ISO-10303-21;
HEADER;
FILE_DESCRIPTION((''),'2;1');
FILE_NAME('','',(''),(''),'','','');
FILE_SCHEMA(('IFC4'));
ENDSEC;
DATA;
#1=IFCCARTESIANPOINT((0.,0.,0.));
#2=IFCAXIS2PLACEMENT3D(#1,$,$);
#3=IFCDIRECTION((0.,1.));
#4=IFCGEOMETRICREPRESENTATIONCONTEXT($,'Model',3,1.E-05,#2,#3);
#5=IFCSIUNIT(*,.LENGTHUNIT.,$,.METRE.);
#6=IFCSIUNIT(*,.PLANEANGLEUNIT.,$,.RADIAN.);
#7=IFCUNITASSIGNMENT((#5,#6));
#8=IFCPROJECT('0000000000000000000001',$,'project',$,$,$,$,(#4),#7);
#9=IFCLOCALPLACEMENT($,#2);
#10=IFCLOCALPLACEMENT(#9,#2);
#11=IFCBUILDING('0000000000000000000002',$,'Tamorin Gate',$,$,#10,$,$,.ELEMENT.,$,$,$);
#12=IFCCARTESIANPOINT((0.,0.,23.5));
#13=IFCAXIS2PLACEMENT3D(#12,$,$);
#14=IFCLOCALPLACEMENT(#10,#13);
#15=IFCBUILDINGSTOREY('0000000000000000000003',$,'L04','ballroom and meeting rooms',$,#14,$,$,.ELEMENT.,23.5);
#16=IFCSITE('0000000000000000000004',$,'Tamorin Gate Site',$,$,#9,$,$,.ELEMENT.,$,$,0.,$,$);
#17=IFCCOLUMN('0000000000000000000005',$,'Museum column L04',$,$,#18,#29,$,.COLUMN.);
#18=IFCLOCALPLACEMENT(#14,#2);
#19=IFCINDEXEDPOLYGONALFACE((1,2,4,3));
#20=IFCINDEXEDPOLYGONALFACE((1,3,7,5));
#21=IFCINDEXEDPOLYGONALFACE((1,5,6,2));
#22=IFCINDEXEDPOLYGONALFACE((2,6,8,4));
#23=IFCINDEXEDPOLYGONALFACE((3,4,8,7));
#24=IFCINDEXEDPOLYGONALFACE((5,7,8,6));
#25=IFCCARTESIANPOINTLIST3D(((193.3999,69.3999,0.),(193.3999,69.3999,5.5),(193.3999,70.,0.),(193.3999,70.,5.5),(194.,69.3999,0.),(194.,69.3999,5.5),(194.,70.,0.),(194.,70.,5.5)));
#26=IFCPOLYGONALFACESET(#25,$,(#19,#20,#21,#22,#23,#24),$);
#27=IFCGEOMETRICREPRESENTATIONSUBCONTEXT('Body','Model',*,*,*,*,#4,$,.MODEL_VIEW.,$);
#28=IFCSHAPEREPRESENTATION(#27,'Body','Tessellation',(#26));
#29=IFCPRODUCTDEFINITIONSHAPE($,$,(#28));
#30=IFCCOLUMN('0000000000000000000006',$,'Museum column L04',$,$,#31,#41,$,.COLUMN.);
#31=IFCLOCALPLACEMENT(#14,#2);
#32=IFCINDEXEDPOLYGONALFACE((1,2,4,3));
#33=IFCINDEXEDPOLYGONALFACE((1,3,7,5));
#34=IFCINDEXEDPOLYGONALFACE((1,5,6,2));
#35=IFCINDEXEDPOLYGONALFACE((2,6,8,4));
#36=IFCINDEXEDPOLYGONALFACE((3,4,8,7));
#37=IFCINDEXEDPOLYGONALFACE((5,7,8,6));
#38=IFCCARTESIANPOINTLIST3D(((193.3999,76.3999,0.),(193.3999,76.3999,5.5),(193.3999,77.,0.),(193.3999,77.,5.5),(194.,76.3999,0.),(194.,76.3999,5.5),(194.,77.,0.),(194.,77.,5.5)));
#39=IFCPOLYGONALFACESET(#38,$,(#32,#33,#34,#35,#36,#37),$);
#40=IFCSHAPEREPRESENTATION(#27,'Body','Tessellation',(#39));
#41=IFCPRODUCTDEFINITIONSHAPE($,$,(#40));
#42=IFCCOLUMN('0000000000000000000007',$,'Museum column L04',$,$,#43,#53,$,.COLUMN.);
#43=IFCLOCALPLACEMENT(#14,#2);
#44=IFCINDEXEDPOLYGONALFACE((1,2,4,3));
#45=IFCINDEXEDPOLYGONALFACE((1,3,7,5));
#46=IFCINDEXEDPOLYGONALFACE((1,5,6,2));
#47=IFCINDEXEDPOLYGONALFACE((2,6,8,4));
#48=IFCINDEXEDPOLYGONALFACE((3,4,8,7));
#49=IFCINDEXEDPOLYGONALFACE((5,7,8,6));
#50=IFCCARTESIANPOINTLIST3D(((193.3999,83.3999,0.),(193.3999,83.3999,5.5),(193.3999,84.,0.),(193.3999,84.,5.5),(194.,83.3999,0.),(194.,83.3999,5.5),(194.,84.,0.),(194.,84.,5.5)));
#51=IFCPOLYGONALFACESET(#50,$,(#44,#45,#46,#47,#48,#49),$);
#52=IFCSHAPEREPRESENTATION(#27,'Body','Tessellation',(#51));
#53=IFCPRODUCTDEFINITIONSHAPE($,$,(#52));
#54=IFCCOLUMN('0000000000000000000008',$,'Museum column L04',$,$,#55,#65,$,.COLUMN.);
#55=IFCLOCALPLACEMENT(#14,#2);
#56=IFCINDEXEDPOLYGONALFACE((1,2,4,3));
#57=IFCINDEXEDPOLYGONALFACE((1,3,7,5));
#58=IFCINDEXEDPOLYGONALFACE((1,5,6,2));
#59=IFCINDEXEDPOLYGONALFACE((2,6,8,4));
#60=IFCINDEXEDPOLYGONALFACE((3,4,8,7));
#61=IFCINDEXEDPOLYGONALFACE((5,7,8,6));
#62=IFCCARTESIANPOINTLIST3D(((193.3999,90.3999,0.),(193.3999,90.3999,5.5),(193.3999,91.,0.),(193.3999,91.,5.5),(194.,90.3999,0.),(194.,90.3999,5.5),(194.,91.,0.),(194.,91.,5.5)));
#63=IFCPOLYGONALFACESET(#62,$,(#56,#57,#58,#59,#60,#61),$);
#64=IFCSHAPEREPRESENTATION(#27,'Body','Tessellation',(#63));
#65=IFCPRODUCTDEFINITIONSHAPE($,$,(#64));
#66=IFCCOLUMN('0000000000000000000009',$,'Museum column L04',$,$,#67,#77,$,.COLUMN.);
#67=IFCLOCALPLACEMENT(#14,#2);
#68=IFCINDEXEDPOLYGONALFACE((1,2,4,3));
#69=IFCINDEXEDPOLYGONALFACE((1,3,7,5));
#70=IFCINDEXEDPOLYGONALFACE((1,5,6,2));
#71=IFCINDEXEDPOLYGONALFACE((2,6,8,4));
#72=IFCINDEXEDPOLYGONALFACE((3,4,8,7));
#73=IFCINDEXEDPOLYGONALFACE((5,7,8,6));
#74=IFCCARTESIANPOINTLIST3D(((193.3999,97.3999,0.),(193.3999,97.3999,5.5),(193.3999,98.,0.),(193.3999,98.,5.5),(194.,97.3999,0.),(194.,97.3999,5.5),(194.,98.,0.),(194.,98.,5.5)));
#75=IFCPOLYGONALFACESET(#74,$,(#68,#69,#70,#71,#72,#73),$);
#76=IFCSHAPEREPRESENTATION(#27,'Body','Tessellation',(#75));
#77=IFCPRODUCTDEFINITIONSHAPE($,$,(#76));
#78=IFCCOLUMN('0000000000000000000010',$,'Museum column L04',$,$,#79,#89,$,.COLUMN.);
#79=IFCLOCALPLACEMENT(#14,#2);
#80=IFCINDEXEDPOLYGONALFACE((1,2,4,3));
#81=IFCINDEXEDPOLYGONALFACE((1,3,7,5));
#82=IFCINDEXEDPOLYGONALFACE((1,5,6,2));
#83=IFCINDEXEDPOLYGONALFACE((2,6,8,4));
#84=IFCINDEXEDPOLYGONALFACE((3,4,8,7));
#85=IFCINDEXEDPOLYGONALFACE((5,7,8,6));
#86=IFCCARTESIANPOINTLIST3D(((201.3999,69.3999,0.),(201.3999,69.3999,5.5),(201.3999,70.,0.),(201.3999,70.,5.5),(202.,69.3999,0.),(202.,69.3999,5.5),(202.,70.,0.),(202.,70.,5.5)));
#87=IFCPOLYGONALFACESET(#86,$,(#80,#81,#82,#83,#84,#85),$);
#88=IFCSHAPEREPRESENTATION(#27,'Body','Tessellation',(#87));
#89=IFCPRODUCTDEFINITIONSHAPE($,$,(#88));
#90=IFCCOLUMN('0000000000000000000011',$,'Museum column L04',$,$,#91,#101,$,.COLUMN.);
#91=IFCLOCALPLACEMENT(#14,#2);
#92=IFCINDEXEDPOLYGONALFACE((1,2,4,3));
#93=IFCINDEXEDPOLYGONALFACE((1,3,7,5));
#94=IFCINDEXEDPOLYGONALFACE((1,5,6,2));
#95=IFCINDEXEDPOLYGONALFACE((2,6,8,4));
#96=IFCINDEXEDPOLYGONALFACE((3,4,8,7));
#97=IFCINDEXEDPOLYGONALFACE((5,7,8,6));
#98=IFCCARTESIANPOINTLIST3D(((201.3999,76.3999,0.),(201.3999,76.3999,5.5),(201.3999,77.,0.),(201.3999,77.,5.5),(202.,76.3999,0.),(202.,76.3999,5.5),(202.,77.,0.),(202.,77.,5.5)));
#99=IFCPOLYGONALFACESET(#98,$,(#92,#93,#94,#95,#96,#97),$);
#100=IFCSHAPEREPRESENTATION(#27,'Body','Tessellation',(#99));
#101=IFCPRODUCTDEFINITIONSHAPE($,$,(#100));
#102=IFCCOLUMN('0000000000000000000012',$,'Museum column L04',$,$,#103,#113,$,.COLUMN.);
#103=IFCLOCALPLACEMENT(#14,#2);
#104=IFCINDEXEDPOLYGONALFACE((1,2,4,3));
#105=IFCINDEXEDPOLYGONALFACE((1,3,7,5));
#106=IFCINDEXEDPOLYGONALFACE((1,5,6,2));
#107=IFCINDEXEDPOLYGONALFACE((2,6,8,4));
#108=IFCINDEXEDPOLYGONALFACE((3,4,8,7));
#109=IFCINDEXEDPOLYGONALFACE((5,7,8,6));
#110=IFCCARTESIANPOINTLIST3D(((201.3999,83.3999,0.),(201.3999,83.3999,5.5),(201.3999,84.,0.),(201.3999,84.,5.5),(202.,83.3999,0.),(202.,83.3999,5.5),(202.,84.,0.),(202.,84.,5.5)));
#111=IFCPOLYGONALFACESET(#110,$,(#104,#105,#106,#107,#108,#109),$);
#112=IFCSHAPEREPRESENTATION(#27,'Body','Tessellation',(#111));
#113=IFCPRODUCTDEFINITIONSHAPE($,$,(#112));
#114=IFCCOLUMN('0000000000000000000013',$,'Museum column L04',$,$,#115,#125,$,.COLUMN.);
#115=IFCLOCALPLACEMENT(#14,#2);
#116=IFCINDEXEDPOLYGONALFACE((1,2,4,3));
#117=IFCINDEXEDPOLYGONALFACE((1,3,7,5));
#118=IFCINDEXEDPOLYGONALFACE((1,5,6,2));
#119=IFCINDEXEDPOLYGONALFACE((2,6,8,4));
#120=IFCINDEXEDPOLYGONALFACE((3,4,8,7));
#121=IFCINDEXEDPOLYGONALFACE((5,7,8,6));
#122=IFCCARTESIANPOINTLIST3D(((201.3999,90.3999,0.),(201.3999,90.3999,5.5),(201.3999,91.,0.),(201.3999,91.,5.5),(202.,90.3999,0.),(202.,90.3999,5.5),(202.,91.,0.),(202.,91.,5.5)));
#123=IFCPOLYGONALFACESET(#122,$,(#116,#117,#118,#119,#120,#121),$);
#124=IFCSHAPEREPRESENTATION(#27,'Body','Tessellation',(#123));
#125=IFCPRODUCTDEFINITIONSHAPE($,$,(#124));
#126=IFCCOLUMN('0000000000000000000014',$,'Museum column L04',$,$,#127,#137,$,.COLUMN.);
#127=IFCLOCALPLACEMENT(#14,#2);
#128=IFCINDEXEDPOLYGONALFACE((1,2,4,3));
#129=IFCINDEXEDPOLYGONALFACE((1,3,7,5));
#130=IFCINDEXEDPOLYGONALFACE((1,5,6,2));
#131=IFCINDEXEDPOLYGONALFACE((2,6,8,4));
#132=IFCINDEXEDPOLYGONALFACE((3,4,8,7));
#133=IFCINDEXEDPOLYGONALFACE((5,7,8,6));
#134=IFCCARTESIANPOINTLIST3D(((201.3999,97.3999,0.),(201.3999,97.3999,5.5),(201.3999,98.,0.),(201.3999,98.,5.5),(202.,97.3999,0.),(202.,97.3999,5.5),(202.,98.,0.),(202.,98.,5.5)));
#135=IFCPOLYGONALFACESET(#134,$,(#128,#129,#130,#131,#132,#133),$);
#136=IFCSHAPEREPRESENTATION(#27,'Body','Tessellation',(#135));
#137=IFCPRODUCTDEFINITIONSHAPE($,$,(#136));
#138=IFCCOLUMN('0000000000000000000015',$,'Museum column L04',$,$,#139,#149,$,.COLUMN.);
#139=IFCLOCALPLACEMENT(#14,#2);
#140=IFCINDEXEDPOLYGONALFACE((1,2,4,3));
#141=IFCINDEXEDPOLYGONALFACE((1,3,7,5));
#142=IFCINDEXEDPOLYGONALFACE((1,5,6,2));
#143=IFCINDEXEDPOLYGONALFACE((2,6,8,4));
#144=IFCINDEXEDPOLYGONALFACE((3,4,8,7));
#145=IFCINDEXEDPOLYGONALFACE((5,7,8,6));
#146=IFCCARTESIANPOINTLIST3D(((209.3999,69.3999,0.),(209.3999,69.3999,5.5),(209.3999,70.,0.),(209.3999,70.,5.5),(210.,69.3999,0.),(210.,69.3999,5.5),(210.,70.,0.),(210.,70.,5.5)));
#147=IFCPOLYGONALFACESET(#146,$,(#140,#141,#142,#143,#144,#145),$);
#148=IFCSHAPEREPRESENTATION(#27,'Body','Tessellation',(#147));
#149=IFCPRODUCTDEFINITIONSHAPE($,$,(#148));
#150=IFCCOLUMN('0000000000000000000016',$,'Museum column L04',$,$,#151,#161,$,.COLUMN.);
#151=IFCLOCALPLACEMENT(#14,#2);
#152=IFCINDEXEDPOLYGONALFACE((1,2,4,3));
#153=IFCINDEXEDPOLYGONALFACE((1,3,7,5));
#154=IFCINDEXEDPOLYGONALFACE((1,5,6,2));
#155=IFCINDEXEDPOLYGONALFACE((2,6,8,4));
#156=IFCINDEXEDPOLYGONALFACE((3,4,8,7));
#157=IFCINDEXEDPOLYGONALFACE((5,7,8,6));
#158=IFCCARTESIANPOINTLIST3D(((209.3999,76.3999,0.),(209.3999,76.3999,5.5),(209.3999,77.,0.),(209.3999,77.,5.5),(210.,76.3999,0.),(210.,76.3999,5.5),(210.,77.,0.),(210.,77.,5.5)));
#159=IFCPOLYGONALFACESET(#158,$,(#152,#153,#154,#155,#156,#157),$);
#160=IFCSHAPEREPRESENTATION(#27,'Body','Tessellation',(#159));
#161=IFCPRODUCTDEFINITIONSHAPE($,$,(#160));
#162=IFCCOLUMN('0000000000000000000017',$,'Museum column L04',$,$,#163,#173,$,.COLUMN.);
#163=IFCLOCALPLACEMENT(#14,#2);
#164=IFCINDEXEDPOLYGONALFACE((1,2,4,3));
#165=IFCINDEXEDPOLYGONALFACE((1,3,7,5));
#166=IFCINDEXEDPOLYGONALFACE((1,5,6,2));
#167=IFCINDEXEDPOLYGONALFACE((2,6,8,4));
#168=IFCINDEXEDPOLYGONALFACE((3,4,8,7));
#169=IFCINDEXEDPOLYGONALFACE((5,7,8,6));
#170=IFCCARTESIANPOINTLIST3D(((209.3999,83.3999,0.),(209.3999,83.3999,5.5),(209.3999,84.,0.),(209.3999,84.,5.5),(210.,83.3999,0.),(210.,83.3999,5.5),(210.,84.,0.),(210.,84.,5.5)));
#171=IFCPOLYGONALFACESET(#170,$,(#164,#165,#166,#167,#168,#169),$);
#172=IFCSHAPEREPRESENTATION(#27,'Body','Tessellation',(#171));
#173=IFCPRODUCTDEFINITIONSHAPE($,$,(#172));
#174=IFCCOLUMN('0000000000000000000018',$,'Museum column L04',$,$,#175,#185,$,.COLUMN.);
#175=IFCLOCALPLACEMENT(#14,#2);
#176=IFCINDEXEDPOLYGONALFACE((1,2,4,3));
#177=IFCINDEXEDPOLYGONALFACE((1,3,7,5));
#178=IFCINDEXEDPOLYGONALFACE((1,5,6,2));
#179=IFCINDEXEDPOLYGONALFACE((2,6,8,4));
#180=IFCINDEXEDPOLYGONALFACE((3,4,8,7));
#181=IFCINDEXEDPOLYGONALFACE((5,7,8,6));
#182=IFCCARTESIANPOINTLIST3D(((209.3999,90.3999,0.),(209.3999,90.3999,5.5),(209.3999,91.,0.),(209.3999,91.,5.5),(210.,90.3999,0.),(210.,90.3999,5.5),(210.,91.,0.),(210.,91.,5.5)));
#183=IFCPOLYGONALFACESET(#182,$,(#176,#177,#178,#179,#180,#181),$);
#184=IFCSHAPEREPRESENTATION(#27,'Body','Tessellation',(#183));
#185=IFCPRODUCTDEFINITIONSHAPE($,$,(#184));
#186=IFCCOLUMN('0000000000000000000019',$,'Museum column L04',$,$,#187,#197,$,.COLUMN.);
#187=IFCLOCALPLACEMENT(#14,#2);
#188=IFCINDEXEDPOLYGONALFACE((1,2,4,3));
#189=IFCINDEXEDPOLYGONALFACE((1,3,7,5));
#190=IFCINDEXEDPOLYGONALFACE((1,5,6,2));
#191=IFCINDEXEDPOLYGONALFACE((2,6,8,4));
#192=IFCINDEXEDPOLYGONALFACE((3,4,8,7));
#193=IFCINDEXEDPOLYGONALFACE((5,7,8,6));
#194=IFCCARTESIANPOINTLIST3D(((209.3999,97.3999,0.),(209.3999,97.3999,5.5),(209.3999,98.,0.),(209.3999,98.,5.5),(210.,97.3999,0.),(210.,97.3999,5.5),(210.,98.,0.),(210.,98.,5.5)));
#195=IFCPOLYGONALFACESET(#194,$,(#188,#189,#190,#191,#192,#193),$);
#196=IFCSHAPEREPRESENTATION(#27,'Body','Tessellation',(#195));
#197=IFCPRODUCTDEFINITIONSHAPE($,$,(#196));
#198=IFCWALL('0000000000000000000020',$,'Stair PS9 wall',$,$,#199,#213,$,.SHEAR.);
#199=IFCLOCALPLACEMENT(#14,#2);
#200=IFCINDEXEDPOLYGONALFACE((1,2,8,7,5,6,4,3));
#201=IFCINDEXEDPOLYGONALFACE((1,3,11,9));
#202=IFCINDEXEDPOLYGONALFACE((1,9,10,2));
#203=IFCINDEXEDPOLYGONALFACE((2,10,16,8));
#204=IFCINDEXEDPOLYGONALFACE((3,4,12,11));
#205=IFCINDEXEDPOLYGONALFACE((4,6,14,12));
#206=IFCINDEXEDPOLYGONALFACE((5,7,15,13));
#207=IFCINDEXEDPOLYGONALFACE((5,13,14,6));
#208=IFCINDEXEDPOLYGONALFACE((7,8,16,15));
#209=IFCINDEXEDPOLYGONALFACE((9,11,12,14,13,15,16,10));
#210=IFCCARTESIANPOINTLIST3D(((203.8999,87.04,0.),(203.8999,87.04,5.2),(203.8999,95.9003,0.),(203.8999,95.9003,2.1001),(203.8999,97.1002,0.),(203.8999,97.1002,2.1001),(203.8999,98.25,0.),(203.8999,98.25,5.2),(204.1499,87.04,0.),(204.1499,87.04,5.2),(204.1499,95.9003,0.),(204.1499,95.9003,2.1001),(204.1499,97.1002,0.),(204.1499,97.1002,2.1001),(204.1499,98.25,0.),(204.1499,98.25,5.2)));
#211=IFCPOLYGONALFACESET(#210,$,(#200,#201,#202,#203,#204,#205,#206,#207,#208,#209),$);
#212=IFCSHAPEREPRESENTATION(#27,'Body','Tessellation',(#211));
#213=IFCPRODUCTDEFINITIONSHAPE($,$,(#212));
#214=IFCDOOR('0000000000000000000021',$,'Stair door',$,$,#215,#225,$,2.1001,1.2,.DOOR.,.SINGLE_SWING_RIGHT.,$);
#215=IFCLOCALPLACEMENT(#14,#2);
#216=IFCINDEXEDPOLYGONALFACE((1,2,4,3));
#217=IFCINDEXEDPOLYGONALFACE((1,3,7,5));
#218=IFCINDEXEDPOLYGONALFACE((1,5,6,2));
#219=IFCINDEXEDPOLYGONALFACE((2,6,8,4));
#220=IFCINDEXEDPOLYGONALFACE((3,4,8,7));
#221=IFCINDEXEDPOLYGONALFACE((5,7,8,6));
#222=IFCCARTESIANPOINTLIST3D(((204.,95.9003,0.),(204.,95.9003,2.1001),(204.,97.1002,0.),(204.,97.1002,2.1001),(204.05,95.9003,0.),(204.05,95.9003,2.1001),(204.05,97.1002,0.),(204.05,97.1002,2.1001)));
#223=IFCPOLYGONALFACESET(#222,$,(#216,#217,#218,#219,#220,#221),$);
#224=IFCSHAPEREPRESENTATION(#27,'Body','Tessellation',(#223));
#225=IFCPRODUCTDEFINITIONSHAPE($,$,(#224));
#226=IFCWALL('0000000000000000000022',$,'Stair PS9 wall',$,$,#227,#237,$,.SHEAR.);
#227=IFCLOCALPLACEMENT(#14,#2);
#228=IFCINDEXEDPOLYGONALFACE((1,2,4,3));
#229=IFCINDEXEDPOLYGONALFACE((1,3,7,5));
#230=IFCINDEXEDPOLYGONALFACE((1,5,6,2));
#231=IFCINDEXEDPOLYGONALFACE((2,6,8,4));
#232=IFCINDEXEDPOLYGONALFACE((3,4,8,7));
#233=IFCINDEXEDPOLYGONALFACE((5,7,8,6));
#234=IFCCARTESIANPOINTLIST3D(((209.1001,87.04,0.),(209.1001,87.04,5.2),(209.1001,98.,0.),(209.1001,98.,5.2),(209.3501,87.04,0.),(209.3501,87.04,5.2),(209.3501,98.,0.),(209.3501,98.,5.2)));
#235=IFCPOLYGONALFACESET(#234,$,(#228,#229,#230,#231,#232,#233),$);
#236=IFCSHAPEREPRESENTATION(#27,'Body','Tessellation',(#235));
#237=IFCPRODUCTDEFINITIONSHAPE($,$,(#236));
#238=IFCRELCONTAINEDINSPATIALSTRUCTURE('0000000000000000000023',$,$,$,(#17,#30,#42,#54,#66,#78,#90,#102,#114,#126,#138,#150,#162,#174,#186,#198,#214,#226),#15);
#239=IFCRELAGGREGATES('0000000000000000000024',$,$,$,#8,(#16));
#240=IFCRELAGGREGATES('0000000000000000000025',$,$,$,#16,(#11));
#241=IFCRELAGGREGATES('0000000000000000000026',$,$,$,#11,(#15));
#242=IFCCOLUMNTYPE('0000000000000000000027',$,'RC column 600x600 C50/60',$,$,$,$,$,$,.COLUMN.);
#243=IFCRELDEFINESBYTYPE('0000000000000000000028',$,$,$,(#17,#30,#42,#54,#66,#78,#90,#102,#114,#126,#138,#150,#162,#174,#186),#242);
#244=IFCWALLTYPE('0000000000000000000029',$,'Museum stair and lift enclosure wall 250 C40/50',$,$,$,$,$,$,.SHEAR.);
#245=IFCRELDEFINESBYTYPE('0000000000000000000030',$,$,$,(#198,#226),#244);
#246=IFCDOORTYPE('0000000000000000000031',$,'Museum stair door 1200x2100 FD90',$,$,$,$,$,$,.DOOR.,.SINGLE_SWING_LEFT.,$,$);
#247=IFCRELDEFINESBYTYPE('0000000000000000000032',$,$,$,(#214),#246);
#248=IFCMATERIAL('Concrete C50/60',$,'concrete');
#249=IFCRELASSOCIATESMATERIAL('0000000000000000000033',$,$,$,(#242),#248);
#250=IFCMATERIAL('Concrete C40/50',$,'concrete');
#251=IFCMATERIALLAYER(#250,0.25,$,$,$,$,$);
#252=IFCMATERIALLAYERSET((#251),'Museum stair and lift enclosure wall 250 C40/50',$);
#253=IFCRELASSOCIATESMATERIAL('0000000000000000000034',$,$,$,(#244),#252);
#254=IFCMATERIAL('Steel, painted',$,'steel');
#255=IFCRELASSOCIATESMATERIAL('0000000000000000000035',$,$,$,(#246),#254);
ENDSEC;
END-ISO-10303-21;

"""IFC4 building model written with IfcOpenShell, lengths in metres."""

from ifc_helpers import new_model, si_unit, direction, frame, frame_2d, origin, origin_2d, place, context, subcontext, project, spatial, rectangle, extrude, material, layer, layer_set, material_profile, profile_set, type_object, element, fill, save


model = new_model("IFC4")

# Units and contexts
model_context = context("Model", 3, precision=1e-05, world=origin(), true_north=direction((0.0, 1.0)))
body_context = subcontext(model_context, "Body", "Model", "MODEL_VIEW")
ifc_project = project(units=[si_unit("LENGTHUNIT", "METRE"), si_unit("PLANEANGLEUNIT", "RADIAN")], contexts=[model_context])

# Site, building, storey
site_placement = place(None, origin())
site = spatial("IfcSite", under=ifc_project, at=site_placement, Name="Tamorin Gate Site", CompositionType="ELEMENT", RefElevation=0.0)
building_placement = place(site_placement, origin())
building = spatial("IfcBuilding", under=site, at=building_placement, Name="Tamorin Gate", CompositionType="ELEMENT")
storey_placement = place(building_placement, frame((0.0, 0.0, 23.5)))
storey = spatial("IfcBuildingStorey", under=building, at=storey_placement, Name="L04", Description="ballroom and meeting rooms", CompositionType="ELEMENT", Elevation=23.5)

# Columns
ifc_material_1 = material(Name="Concrete C50/60", Category="concrete")
ifc_material_profile = material_profile(ifc_material_1, rectangle(XDim=0.6001, YDim=0.6001, at=origin_2d()))
ifc_profile_set = profile_set([ifc_material_profile], Name="Concrete C50/60")
column_type = type_object("IfcColumnType", Name="RC column 600x600 C50/60", PredefinedType="COLUMN", material=ifc_profile_set)
for number, where, z_axis, x_axis, name in (
    (1, (193.7, 69.7, 0.0), (0.0, 0.0, 1.0), (1.0, 0.0, 0.0), "Museum column L04"),
    (2, (193.7, 76.7, 0.0), (0.0, 0.0, 1.0), (1.0, 0.0, 0.0), "Museum column L04"),
    (3, (193.7, 83.7, 0.0), (0.0, 0.0, 1.0), (1.0, 0.0, 0.0), "Museum column L04"),
    (4, (193.7, 90.7, 0.0), (0.0, 0.0, 1.0), (1.0, 0.0, 0.0), "Museum column L04"),
    (5, (193.7, 97.7, 0.0), (0.0, 0.0, 1.0), (1.0, 0.0, 0.0), "Museum column L04"),
    (6, (201.7, 69.7, 0.0), (0.0, 0.0, 1.0), (1.0, 0.0, 0.0), "Museum column L04"),
    (7, (201.7, 76.7, 0.0), (0.0, 0.0, 1.0), (1.0, 0.0, 0.0), "Museum column L04"),
    (8, (201.7, 83.7, 0.0), (0.0, 0.0, 1.0), (1.0, 0.0, 0.0), "Museum column L04"),
    (9, (201.7, 90.7, 0.0), (0.0, 0.0, 1.0), (1.0, 0.0, 0.0), "Museum column L04"),
    (10, (201.7, 97.7, 0.0), (0.0, 0.0, 1.0), (1.0, 0.0, 0.0), "Museum column L04"),
    (11, (209.7, 69.7, 0.0), (0.0, 0.0, 1.0), (1.0, 0.0, 0.0), "Museum column L04"),
    (12, (209.7, 76.7, 0.0), (0.0, 0.0, 1.0), (1.0, 0.0, 0.0), "Museum column L04"),
    (13, (209.7, 83.7, 0.0), (0.0, 0.0, 1.0), (1.0, 0.0, 0.0), "Museum column L04"),
    (14, (209.7, 90.7, 0.0), (0.0, 0.0, 1.0), (1.0, 0.0, 0.0), "Museum column L04"),
    (15, (209.7, 97.7, 0.0), (0.0, 0.0, 1.0), (1.0, 0.0, 0.0), "Museum column L04"),
):
    element("IfcColumn", number, at=place(storey_placement, frame(where, z_axis=z_axis, x_axis=x_axis)), inside=storey, type_object=column_type, Name=name, PredefinedType="COLUMN", context=body_context, shape_type="SweptSolid", body=[
        extrude(rectangle(XDim=0.6001, YDim=0.6001, at=origin_2d()), origin(), (0.0, 0.0, 1.0), 5.5),
    ])

# Wall, opening, door
ifc_material_2 = material(Name="Concrete C40/50", Category="concrete")
ifc_layer_1 = layer(ifc_material_2, 0.25)
ifc_layer_set_1 = layer_set([ifc_layer_1], Name="Museum stair and lift enclosure wall 250 C40/50")
wall_type_1 = type_object("IfcWallType", Name="Museum stair and lift enclosure wall 250 C40/50", PredefinedType="SHEAR", material=ifc_layer_set_1)
wall_1_placement = place(storey_placement, frame((204.0249, 87.04, 0.0), z_axis=(0.0, 0.0, 1.0), x_axis=(0.0, 1.0, 0.0)))
wall_1 = element("IfcWall", 16, at=wall_1_placement, inside=storey, type_object=wall_type_1, Name="Stair PS9 wall", PredefinedType="SHEAR", context=body_context, shape_type="SweptSolid", body=[
    extrude(rectangle(XDim=11.21, YDim=0.25, at=frame_2d((5.605, 0.0))), origin(), (0.0, 0.0, 1.0), 5.2),
])
opening_placement = place(wall_1_placement, frame((8.8601, 0.0, 0.0)))
opening = element("IfcOpeningElement", 17, at=opening_placement, cuts=wall_1, PredefinedType="OPENING", context=body_context, shape_type="SweptSolid", body=[
    extrude(rectangle(XDim=1.2, YDim=2.1001, at=frame_2d((0.6001, 1.05))), frame((0.0, 0.135, 0.0), z_axis=(0.0, -1.0, 0.0), x_axis=(1.0, 0.0, 0.0)), (0.0, 0.0, 1.0), 0.27),
])
ifc_material_3 = material(Name="Steel, painted", Category="steel")
door_type = type_object("IfcDoorType", Name="Museum stair door 1200x2100 FD90", OperationType="SINGLE_SWING_LEFT", PredefinedType="DOOR", material=ifc_material_3)
door_placement = place(opening_placement, origin())
door = element("IfcDoor", 18, at=door_placement, inside=storey, type_object=door_type, Name="Stair door", OperationType="SINGLE_SWING_RIGHT", OverallHeight=2.1001, OverallWidth=1.2, PredefinedType="DOOR", context=body_context, shape_type="SweptSolid", body=[
    extrude(rectangle(XDim=1.2, YDim=2.1001, at=frame_2d((0.6001, 1.05))), frame((0.0, 0.0249, 0.0), z_axis=(0.0, -1.0, 0.0), x_axis=(1.0, 0.0, 0.0)), (0.0, 0.0, 1.0), 0.05),
])
fill(opening, door)

# Wall
wall_2_placement = place(storey_placement, frame((209.2251, 87.04, 0.0), z_axis=(0.0, 0.0, 1.0), x_axis=(0.0, 1.0, 0.0)))
element("IfcWall", 19, at=wall_2_placement, inside=storey, type_object=wall_type_1, Name="Stair PS9 wall", PredefinedType="SHEAR", context=body_context, shape_type="SweptSolid", body=[
    extrude(rectangle(XDim=10.96, YDim=0.25, at=frame_2d((5.48, 0.0))), origin(), (0.0, 0.0, 1.0), 5.2),
])

save(model, "model.ifc")
